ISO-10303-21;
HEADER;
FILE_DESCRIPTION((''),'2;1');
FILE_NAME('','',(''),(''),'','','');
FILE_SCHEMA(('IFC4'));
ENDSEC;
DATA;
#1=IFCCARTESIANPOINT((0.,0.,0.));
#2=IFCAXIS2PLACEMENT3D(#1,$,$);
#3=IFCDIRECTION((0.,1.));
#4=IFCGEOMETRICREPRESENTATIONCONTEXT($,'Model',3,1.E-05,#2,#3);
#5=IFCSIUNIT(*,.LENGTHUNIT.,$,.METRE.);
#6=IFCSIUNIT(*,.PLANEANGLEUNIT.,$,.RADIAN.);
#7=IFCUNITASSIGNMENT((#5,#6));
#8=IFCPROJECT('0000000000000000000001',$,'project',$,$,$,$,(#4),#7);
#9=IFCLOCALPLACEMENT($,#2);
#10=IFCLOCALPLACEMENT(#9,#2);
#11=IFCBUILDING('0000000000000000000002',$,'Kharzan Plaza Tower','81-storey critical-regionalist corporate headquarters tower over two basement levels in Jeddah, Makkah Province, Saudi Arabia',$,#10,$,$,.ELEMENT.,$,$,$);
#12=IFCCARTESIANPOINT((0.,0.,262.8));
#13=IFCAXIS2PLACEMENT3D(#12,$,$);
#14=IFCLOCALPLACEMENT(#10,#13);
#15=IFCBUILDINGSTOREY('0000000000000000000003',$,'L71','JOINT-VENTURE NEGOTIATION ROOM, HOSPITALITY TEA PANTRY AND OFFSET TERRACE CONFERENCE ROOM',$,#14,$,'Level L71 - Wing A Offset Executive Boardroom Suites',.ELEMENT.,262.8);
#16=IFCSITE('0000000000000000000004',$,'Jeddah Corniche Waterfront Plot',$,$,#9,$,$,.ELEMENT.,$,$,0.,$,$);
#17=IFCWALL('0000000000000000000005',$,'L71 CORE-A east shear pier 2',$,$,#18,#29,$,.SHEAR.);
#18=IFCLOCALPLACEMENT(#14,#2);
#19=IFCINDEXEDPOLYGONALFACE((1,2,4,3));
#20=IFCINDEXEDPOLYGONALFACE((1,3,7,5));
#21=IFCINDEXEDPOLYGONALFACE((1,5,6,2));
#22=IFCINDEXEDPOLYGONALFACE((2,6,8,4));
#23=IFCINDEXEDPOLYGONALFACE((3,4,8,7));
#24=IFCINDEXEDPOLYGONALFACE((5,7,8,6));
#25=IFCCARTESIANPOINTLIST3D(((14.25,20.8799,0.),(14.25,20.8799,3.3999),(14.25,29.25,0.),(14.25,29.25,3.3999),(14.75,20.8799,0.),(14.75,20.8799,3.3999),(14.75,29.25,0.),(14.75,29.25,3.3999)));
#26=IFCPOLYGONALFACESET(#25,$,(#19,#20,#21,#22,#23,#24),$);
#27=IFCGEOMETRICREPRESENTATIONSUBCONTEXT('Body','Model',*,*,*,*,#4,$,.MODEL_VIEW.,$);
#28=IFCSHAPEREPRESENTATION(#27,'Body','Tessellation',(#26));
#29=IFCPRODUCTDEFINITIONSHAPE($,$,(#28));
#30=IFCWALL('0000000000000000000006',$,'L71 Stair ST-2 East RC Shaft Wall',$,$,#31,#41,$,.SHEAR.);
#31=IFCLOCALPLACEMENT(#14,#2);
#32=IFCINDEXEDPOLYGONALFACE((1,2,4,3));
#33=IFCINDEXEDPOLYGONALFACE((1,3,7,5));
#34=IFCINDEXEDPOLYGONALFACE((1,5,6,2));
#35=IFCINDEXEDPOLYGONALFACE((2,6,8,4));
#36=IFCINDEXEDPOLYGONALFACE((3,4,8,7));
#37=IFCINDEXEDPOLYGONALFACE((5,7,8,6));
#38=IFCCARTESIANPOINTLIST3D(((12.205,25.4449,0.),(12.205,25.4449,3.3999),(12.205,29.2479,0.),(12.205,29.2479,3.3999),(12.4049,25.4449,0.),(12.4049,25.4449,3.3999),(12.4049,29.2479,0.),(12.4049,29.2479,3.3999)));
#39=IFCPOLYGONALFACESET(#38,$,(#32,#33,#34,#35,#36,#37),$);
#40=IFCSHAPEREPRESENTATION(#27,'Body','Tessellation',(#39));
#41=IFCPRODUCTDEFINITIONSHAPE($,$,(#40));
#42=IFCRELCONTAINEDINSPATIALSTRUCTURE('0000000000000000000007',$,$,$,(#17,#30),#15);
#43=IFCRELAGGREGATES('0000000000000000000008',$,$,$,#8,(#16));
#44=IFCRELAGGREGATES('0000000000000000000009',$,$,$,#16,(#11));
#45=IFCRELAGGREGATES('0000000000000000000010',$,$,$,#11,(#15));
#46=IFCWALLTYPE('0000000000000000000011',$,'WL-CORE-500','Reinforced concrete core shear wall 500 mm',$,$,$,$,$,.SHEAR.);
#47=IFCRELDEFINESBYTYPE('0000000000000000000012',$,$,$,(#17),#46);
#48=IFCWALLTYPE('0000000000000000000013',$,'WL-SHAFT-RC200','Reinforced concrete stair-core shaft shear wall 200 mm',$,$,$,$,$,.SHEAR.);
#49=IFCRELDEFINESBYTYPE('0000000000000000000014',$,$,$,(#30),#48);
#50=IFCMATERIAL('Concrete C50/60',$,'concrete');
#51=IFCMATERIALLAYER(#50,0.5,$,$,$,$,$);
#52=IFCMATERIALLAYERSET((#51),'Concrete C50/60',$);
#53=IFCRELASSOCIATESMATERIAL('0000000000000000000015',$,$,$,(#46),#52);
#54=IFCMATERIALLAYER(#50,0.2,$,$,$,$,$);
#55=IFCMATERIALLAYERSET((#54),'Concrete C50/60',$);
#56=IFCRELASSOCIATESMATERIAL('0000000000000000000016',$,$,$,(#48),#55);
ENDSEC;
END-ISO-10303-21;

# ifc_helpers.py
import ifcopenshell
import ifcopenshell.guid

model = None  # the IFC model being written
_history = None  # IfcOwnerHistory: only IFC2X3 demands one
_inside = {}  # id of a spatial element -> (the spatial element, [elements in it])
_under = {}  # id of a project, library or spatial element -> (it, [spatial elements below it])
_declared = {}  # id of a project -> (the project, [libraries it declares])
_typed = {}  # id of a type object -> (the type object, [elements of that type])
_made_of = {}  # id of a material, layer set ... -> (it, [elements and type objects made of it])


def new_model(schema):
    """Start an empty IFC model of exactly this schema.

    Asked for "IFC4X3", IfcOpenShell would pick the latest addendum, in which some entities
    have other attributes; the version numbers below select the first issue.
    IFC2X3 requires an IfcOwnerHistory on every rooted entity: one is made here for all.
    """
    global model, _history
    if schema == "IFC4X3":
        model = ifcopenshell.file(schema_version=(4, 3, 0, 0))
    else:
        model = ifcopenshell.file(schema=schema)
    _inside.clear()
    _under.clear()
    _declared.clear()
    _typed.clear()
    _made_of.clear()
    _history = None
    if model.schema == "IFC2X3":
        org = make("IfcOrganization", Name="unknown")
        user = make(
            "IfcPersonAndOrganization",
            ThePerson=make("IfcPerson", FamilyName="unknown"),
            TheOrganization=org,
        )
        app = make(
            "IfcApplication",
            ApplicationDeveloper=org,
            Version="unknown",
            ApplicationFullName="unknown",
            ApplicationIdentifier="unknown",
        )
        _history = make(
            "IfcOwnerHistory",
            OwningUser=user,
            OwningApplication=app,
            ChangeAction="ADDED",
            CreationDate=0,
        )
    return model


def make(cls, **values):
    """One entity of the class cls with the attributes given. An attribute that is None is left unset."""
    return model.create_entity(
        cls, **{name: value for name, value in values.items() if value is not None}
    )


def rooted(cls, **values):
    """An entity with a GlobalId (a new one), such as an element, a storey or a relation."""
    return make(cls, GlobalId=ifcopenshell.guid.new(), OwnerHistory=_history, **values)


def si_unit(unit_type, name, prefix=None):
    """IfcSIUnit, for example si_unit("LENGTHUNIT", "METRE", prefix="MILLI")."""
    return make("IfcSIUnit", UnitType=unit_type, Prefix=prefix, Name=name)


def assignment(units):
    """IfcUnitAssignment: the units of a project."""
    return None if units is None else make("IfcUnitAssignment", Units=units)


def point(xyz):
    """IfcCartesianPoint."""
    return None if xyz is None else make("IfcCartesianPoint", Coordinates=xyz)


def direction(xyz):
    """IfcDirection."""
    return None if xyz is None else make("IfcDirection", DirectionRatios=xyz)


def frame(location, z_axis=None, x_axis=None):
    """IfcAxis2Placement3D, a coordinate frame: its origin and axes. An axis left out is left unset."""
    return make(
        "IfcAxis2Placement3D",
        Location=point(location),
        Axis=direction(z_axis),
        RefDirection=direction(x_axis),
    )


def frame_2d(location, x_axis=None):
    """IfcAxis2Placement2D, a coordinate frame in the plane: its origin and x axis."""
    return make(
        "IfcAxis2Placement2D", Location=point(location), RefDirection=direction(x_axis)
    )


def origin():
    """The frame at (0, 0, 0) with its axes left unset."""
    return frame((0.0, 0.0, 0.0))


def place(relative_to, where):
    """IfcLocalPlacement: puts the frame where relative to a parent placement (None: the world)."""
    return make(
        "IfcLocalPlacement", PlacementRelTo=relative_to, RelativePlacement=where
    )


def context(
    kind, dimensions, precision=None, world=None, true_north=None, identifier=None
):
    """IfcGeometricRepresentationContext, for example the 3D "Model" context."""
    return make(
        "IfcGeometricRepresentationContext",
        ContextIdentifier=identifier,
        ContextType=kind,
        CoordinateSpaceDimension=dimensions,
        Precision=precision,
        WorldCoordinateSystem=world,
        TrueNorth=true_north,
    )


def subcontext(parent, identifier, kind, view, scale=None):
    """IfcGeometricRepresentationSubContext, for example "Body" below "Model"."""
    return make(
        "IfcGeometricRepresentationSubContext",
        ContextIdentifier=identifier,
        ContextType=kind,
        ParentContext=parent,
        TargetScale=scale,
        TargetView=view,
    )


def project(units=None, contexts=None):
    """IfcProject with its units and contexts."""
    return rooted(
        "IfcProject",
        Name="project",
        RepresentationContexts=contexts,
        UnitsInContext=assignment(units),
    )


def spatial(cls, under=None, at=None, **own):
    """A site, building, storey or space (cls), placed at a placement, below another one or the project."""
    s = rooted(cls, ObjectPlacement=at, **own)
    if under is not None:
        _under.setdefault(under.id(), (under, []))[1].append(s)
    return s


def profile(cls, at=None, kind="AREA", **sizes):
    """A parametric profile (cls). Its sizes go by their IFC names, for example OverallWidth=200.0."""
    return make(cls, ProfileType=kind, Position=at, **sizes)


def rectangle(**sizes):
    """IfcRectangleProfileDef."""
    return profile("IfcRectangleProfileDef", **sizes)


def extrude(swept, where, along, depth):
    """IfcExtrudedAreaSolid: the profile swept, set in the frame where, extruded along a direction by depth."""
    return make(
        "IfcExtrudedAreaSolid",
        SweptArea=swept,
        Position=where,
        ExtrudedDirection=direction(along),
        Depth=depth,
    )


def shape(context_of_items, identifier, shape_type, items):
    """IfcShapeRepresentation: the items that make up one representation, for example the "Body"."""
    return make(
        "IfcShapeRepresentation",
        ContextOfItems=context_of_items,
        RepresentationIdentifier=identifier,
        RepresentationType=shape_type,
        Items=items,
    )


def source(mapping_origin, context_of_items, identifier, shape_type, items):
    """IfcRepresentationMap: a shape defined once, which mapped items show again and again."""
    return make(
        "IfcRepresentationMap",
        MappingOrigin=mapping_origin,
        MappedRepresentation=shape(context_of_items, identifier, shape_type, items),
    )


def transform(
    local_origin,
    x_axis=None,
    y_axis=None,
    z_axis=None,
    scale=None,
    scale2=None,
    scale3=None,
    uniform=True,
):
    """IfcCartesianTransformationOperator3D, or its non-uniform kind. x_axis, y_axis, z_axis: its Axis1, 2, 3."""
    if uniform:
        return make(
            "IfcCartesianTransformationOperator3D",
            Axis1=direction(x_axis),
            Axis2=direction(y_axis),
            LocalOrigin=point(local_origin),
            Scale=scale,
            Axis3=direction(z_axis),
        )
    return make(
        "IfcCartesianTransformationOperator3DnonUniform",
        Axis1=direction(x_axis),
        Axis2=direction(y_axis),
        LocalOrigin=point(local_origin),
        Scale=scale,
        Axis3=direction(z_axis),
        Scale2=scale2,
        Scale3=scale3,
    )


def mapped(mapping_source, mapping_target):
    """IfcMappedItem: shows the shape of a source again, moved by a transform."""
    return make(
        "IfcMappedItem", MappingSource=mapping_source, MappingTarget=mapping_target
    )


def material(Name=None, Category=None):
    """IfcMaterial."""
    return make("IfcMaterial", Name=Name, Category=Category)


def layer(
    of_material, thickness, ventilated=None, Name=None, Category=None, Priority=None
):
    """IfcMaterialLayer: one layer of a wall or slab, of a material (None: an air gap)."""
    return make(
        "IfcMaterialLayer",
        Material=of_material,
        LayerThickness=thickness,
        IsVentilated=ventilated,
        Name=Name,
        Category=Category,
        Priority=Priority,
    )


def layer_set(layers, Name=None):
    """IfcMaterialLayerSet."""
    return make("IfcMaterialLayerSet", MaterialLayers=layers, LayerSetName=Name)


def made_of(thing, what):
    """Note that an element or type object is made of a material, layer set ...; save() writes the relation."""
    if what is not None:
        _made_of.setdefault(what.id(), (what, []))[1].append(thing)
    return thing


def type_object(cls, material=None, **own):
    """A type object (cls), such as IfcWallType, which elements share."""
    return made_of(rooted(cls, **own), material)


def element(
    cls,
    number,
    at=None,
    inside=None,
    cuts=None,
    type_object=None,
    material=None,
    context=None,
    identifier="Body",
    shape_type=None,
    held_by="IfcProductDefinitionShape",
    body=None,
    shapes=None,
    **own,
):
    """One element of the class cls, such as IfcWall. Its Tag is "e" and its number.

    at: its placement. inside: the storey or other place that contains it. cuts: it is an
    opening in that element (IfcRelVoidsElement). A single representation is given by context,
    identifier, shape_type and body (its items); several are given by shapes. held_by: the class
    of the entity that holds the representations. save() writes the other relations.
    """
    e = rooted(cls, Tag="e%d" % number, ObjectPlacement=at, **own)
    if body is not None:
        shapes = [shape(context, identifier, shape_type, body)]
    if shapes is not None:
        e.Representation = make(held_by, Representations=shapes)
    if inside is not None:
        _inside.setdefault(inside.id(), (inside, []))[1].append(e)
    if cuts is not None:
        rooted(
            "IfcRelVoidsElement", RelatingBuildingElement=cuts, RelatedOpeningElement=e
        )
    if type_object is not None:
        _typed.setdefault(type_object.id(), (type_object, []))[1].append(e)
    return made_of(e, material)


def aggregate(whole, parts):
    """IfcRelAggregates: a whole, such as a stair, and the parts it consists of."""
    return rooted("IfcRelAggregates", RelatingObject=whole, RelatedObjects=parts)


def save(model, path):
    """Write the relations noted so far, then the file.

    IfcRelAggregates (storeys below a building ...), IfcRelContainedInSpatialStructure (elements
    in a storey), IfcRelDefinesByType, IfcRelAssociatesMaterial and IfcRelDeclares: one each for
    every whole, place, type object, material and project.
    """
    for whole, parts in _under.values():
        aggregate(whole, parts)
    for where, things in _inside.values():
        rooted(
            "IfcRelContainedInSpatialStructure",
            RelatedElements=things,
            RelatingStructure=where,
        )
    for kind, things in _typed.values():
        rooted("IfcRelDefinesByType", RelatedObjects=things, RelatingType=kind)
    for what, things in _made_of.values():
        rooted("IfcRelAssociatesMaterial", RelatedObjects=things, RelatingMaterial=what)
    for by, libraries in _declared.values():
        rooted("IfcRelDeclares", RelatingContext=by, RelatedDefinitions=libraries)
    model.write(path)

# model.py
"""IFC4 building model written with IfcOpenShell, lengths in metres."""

from ifc_helpers import new_model, si_unit, direction, frame, frame_2d, origin, place, context, subcontext, project, spatial, rectangle, extrude, source, transform, mapped, material, layer, layer_set, type_object, element, save


model = new_model("IFC4")

# Units and contexts
model_context = context("Model", 3, precision=1e-05, world=origin(), true_north=direction((0.0, 1.0)))
body_context = subcontext(model_context, "Body", "Model", "MODEL_VIEW")
ifc_project = project(units=[si_unit("LENGTHUNIT", "METRE"), si_unit("PLANEANGLEUNIT", "RADIAN")], contexts=[model_context])

# Site, building, storey
site_placement = place(None, origin())
site = spatial("IfcSite", under=ifc_project, at=site_placement, Name="Jeddah Corniche Waterfront Plot", CompositionType="ELEMENT", RefElevation=0.0)
building_placement = place(site_placement, origin())
building = spatial("IfcBuilding", under=site, at=building_placement, Name="Kharzan Plaza Tower", Description="81-storey critical-regionalist corporate headquarters tower over two basement levels in Jeddah, Makkah Province, Saudi Arabia", CompositionType="ELEMENT")
storey_placement = place(building_placement, frame((0.0, 0.0, 262.8)))
storey = spatial("IfcBuildingStorey", under=building, at=storey_placement, Name="L71", Description="JOINT-VENTURE NEGOTIATION ROOM, HOSPITALITY TEA PANTRY AND OFFSET TERRACE CONFERENCE ROOM", LongName="Level L71 - Wing A Offset Executive Boardroom Suites", CompositionType="ELEMENT", Elevation=262.8)

# Shared definitions
ifc_material_1 = material(Name="Concrete C50/60", Category="concrete")

# Walls
ifc_layer_1 = layer(ifc_material_1, 0.5)
ifc_layer_set_1 = layer_set([ifc_layer_1], Name="Concrete C50/60")
wall_type_1 = type_object("IfcWallType", Name="WL-CORE-500", Description="Reinforced concrete core shear wall 500 mm", PredefinedType="SHEAR", material=ifc_layer_set_1)
shared_shape_1 = source(origin(), body_context, "Body", "SweptSolid", [
    extrude(rectangle(XDim=8.3701, YDim=0.5, at=frame_2d((4.1851, 0.0))), origin(), (0.0, 0.0, 1.0), 3.3999),
])
wall_1_placement = place(storey_placement, frame((14.5, 20.8799, 0.0), z_axis=(0.0, 0.0, 1.0), x_axis=(0.0, 1.0, 0.0)))
element("IfcWall", 1, at=wall_1_placement, inside=storey, type_object=wall_type_1, Name="L71 CORE-A east shear pier 2", PredefinedType="SHEAR", context=body_context, shape_type="MappedRepresentation", body=[
    mapped(shared_shape_1, transform((0.0, 0.0, 0.0), x_axis=(1.0, 0.0, 0.0), y_axis=(0.0, 1.0, 0.0), z_axis=(0.0, 0.0, 1.0))),
])
ifc_layer_2 = layer(ifc_material_1, 0.2)
ifc_layer_set_2 = layer_set([ifc_layer_2], Name="Concrete C50/60")
wall_type_2 = type_object("IfcWallType", Name="WL-SHAFT-RC200", Description="Reinforced concrete stair-core shaft shear wall 200 mm", PredefinedType="SHEAR", material=ifc_layer_set_2)
shared_shape_2 = source(origin(), body_context, "Body", "SweptSolid", [
    extrude(rectangle(XDim=3.803, YDim=0.2, at=frame_2d((1.9014, 0.0))), origin(), (0.0, 0.0, 1.0), 3.3999),
])
wall_2_placement = place(storey_placement, frame((12.3049, 25.4451, 0.0), z_axis=(0.0, 0.0, 1.0), x_axis=(0.0, 1.0, 0.0)))
element("IfcWall", 2, at=wall_2_placement, inside=storey, type_object=wall_type_2, Name="L71 Stair ST-2 East RC Shaft Wall", PredefinedType="SHEAR", context=body_context, shape_type="MappedRepresentation", body=[
    mapped(shared_shape_2, transform((0.0, 0.0, 0.0), x_axis=(1.0, 0.0, 0.0), y_axis=(0.0, 1.0, 0.0), z_axis=(0.0, 0.0, 1.0))),
])

save(model, "model.ifc")
